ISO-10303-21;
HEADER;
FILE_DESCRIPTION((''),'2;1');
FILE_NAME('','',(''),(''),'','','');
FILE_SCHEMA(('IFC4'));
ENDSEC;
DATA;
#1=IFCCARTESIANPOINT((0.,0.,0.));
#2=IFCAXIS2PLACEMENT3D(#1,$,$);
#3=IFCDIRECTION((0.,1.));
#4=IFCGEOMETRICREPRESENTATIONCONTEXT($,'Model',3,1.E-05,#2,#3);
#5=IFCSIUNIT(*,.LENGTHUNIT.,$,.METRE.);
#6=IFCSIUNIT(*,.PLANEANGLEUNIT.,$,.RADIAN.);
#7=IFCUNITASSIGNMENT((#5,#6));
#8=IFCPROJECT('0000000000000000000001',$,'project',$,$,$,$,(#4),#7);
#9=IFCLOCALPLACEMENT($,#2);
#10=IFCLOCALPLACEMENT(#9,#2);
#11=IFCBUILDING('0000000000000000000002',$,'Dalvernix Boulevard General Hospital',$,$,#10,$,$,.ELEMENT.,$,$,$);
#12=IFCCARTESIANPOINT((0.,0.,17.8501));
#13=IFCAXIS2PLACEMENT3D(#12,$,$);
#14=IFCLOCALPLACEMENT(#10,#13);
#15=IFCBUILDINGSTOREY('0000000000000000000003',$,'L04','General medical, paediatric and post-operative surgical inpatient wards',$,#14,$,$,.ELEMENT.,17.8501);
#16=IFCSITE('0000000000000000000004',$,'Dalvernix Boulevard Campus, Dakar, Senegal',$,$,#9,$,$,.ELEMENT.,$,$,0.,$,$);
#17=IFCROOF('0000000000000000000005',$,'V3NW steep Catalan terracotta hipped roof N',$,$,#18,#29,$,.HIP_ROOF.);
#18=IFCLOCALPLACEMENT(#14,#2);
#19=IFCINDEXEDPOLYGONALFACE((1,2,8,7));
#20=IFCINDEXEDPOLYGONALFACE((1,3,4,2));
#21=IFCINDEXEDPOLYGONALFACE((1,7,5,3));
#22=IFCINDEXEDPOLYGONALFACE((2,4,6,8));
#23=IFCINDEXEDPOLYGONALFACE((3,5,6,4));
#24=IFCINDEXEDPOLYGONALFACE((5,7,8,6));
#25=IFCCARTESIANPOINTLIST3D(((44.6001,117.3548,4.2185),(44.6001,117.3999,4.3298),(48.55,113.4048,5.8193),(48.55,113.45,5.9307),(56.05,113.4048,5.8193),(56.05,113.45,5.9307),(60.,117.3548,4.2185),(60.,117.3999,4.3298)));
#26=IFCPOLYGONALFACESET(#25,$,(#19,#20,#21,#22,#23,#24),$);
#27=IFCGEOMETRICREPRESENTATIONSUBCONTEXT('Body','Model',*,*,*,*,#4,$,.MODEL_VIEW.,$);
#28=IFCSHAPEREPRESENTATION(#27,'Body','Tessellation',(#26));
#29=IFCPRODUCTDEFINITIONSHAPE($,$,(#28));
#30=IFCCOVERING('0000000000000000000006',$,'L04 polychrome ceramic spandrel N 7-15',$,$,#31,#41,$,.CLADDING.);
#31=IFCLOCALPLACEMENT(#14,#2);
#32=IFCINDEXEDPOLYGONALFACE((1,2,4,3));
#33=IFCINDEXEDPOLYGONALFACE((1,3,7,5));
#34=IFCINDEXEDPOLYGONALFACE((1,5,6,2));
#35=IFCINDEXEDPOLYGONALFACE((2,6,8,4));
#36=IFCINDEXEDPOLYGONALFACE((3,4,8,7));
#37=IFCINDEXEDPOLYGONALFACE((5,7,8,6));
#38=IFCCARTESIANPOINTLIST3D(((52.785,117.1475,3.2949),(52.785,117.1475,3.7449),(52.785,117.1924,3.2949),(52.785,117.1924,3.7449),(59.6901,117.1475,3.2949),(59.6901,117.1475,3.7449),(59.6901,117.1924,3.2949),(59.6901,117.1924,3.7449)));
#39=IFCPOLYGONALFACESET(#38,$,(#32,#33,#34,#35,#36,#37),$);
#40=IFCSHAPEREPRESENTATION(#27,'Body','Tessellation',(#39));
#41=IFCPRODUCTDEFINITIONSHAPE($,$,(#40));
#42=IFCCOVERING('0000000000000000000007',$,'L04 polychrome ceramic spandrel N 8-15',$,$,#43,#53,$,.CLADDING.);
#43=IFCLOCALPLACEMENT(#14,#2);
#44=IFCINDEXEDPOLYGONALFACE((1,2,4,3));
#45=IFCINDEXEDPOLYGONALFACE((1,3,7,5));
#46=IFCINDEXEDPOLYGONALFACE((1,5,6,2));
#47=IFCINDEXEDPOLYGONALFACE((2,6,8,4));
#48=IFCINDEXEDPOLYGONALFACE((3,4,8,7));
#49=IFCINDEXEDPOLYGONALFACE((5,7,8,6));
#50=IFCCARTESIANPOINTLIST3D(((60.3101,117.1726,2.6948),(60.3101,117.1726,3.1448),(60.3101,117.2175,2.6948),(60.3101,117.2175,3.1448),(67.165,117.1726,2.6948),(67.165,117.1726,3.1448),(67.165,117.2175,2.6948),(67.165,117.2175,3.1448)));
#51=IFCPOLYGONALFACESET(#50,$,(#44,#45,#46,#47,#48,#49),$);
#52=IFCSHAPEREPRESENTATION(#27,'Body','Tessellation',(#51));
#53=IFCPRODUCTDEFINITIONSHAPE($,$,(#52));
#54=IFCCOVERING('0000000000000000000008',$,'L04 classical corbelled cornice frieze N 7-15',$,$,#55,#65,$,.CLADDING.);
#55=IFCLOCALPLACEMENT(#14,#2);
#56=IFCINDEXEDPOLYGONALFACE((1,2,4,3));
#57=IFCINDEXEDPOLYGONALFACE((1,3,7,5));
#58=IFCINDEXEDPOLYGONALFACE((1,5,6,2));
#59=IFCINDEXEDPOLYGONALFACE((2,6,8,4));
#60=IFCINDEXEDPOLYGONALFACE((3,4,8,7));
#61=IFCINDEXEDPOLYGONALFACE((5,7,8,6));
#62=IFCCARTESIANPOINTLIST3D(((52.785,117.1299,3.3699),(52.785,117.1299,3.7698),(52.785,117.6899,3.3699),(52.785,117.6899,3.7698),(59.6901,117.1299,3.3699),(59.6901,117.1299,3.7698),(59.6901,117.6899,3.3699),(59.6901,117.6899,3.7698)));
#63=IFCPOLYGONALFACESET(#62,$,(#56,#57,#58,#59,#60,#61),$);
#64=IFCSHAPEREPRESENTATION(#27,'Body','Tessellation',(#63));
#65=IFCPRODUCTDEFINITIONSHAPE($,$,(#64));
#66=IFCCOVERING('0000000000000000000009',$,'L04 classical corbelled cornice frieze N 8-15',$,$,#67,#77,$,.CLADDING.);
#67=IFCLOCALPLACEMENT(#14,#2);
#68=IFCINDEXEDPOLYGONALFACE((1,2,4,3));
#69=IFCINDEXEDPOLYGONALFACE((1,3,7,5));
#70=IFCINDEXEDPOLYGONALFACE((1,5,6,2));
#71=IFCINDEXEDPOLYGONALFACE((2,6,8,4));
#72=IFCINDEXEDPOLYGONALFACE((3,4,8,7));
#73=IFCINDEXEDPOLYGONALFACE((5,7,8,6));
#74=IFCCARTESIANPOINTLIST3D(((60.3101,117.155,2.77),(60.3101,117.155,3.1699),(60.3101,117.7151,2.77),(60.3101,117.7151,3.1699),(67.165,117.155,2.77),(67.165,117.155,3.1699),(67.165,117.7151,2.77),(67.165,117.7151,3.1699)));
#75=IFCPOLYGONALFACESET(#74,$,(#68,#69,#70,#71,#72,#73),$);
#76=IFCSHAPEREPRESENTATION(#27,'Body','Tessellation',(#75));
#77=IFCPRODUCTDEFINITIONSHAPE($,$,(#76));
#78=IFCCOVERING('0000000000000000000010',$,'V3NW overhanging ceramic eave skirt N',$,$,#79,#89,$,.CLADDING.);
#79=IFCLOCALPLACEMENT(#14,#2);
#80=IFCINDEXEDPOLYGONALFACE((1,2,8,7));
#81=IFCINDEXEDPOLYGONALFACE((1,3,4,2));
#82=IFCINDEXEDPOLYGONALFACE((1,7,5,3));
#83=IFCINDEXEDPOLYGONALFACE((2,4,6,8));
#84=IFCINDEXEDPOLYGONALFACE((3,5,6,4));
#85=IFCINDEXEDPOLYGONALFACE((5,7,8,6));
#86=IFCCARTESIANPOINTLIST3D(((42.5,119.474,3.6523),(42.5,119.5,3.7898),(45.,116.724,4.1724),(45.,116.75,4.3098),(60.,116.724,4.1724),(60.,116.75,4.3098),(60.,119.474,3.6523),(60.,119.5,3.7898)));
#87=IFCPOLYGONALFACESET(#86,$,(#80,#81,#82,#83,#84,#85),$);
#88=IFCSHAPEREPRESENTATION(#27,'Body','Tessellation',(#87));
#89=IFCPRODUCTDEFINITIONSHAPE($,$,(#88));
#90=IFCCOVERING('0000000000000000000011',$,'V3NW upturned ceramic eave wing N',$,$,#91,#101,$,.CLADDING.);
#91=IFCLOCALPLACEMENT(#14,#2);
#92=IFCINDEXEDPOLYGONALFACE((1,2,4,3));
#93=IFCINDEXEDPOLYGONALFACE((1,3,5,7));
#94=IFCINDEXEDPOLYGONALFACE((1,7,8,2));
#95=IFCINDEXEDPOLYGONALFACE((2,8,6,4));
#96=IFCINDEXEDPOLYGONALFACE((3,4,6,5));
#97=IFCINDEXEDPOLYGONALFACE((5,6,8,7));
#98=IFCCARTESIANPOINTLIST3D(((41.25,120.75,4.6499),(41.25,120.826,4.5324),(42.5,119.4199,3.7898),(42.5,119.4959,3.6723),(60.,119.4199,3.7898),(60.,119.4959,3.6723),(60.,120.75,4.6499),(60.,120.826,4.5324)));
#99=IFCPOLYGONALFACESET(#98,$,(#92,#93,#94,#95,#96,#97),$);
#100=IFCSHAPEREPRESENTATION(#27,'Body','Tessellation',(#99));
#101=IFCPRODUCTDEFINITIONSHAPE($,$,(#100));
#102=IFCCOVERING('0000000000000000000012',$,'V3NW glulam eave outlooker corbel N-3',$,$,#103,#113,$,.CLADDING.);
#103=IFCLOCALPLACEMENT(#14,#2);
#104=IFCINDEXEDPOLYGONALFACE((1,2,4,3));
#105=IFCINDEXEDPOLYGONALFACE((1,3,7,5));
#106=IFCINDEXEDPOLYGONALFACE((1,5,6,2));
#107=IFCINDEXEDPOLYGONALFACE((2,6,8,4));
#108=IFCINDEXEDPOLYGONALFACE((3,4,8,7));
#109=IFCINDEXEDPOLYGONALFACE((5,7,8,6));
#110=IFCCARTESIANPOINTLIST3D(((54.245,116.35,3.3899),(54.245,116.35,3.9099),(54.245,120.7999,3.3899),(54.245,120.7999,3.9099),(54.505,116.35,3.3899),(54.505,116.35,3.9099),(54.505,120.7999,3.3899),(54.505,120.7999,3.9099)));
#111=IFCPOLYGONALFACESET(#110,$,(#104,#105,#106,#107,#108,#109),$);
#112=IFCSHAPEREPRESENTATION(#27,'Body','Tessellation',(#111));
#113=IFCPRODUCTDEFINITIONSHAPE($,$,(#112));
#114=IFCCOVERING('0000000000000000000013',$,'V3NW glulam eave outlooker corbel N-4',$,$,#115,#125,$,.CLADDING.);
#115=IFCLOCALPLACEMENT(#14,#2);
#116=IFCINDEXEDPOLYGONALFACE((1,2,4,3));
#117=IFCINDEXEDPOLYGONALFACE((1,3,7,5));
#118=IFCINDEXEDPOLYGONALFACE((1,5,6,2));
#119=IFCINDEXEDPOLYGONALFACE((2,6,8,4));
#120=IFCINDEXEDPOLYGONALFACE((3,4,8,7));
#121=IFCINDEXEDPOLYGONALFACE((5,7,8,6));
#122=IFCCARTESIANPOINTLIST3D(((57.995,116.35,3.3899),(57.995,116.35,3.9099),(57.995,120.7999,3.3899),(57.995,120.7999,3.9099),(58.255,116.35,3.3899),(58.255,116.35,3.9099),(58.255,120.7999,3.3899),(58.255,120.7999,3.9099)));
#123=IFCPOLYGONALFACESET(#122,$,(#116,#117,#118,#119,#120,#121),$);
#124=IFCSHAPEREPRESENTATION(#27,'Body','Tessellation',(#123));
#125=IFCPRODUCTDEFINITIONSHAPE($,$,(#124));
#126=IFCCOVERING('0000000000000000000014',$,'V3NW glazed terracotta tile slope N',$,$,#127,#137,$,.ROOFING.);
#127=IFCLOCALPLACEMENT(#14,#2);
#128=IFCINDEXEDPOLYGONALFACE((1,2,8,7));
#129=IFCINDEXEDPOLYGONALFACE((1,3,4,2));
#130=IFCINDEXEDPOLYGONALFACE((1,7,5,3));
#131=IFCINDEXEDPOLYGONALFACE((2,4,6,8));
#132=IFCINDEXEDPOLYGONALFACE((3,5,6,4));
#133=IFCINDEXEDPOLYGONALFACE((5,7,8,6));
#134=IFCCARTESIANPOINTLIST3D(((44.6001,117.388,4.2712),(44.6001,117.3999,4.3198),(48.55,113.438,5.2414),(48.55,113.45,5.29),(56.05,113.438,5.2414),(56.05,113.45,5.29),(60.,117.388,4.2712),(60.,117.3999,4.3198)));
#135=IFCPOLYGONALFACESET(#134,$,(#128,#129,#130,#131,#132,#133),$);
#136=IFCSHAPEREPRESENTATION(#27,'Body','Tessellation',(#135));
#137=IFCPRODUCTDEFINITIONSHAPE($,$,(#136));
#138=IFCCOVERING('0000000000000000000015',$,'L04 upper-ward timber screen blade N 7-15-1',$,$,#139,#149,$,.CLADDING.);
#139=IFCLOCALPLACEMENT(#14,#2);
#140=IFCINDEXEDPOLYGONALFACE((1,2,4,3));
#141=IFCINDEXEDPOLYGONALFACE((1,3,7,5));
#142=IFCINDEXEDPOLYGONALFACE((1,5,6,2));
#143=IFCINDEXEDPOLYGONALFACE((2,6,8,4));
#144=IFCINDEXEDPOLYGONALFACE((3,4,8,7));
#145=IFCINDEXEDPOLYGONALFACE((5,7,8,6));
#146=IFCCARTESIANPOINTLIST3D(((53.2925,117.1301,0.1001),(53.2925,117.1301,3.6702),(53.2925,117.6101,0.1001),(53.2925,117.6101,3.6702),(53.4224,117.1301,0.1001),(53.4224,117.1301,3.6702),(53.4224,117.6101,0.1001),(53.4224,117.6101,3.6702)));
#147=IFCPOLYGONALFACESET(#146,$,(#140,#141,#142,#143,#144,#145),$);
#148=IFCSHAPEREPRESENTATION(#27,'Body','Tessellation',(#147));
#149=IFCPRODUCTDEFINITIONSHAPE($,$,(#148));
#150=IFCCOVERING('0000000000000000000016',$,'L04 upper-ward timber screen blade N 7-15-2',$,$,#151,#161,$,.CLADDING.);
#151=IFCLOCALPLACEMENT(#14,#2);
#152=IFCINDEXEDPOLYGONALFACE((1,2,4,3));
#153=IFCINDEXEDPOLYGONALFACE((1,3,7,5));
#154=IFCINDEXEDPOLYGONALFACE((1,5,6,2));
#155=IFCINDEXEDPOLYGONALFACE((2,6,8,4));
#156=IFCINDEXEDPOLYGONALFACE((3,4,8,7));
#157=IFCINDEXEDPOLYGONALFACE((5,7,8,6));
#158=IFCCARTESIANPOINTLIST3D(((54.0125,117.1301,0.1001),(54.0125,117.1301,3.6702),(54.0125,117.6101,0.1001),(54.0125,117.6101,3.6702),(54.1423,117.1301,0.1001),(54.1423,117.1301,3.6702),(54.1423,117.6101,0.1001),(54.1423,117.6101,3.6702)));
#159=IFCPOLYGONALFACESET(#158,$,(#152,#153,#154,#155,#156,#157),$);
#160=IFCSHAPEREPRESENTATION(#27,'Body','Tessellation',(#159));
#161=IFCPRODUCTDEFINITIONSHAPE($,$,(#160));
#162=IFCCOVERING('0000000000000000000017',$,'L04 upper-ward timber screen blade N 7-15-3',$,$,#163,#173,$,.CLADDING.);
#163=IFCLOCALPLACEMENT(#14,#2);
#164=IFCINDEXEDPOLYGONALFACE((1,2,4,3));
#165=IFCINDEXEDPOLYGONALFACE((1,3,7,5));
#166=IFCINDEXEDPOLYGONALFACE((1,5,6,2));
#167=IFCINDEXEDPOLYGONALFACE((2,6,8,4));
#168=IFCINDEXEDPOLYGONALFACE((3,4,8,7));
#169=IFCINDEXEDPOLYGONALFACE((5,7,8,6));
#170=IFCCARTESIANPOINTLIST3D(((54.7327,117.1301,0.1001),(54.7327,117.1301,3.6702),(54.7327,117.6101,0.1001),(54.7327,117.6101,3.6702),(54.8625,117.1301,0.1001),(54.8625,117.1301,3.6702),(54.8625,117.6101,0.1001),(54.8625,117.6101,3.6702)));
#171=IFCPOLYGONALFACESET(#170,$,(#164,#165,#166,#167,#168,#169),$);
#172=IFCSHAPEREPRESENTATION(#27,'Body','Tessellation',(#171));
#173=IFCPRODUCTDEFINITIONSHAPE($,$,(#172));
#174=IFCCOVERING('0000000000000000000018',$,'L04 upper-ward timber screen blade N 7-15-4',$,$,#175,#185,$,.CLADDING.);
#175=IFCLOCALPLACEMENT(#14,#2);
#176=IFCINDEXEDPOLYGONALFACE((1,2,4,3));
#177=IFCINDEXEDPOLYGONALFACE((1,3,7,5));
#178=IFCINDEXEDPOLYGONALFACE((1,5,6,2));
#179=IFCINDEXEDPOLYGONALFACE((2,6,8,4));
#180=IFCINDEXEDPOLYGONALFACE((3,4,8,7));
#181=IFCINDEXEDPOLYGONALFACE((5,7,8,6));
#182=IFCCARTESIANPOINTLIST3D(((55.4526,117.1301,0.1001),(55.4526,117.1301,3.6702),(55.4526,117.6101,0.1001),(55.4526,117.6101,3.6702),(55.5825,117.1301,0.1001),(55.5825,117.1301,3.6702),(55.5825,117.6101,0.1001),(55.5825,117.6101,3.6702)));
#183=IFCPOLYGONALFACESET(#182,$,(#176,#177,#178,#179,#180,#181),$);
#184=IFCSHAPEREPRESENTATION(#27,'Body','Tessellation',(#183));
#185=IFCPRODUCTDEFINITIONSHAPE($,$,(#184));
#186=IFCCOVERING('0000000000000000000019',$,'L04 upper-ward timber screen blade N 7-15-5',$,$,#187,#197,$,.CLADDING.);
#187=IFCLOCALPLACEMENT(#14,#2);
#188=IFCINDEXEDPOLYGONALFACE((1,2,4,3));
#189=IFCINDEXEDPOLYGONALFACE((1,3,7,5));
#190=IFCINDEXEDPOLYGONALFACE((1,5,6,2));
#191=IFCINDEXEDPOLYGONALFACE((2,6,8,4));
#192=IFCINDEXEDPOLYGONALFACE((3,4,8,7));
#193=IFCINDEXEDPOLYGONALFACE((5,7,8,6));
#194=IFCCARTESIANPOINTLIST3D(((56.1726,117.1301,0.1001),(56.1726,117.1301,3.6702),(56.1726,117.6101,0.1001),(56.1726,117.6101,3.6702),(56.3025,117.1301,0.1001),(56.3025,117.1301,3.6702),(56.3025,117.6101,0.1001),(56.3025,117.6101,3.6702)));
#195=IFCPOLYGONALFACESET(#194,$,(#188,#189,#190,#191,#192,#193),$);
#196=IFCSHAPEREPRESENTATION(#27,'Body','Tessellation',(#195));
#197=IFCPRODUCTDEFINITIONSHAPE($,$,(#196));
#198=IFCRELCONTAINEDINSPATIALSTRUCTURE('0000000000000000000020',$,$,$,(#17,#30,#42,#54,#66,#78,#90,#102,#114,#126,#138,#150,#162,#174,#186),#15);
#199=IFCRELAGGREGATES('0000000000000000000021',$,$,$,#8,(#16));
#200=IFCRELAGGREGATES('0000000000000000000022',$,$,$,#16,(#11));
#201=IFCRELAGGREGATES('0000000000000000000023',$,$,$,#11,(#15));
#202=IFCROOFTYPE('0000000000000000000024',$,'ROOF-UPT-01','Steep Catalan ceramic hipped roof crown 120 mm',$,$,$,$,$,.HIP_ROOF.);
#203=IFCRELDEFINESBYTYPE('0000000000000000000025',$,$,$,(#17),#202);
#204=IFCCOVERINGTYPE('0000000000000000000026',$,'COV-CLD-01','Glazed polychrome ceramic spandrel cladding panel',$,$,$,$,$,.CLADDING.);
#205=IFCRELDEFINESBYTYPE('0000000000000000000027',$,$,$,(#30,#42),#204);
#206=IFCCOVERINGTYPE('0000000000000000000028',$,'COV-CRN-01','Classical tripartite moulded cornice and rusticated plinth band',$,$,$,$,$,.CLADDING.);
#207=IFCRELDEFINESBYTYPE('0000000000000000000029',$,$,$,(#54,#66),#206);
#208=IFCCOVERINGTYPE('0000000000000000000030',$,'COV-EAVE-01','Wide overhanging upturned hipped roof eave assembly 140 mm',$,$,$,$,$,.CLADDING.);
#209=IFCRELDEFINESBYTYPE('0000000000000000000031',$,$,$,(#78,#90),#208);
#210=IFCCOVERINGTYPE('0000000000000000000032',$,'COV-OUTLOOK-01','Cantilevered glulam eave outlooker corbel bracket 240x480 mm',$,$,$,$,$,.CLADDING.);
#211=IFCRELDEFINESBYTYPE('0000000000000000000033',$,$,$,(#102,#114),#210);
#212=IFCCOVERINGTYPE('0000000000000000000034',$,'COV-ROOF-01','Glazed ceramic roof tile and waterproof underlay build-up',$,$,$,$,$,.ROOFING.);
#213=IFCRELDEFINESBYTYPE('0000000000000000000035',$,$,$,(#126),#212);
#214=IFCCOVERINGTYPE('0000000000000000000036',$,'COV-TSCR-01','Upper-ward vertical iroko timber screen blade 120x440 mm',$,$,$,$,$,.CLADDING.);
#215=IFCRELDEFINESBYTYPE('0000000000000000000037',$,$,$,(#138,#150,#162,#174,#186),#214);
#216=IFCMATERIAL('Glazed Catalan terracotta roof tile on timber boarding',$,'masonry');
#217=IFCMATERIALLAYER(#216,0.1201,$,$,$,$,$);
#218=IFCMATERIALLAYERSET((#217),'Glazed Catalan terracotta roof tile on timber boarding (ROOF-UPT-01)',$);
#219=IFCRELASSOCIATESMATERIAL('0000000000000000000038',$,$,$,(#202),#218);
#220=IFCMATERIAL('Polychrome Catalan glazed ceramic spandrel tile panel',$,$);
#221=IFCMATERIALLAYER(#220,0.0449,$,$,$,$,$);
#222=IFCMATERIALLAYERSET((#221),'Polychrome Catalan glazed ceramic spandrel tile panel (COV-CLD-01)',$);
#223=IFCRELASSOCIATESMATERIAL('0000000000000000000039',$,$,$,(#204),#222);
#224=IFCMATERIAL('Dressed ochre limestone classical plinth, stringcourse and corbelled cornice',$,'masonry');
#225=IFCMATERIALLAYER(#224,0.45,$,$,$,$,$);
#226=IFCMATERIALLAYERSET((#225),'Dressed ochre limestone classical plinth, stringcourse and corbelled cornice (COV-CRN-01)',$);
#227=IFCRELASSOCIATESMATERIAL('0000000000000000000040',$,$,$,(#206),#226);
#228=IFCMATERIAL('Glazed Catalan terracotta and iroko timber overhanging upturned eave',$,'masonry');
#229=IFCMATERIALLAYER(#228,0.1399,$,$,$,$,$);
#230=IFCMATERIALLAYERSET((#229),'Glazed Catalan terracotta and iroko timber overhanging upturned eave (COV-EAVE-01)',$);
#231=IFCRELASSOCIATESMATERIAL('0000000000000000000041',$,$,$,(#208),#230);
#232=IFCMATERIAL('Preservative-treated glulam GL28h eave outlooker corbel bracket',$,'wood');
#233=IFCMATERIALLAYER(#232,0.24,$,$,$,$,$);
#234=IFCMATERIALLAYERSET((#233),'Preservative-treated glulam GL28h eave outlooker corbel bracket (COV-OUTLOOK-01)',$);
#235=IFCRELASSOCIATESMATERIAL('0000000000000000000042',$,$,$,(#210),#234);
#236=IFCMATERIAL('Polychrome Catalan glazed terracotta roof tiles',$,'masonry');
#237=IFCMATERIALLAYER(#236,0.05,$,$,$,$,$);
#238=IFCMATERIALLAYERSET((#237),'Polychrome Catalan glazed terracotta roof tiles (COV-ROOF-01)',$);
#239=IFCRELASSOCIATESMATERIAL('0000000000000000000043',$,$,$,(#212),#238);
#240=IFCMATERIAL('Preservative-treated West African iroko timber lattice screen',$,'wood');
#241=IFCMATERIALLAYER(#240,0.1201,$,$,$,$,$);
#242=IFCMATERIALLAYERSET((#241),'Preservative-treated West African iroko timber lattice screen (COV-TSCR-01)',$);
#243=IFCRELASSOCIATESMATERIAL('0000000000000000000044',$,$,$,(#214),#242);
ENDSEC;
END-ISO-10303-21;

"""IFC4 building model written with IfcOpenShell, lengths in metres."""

from ifc_helpers import new_model, si_unit, direction, frame, origin, origin_2d, place, context, subcontext, project, spatial, polyline, rectangle, outline, extrude, material, layer, layer_set, type_object, element, save


model = new_model("IFC4")

# Units and contexts
model_context = context("Model", 3, precision=1e-05, world=origin(), true_north=direction((0.0, 1.0)))
body_context = subcontext(model_context, "Body", "Model", "MODEL_VIEW")
ifc_project = project(units=[si_unit("LENGTHUNIT", "METRE"), si_unit("PLANEANGLEUNIT", "RADIAN")], contexts=[model_context])

# Site, building, storey
site_placement = place(None, origin())
site = spatial("IfcSite", under=ifc_project, at=site_placement, Name="Dalvernix Boulevard Campus, Dakar, Senegal", CompositionType="ELEMENT", RefElevation=0.0)
building_placement = place(site_placement, origin())
building = spatial("IfcBuilding", under=site, at=building_placement, Name="Dalvernix Boulevard General Hospital", CompositionType="ELEMENT")
storey_placement = place(building_placement, frame((0.0, 0.0, 17.8501)))
storey = spatial("IfcBuildingStorey", under=building, at=storey_placement, Name="L04", Description="General medical, paediatric and post-operative surgical inpatient wards", CompositionType="ELEMENT", Elevation=17.8501)

# Roof
ifc_material_1 = material(Name="Glazed Catalan terracotta roof tile on timber boarding", Category="masonry")
ifc_layer_1 = layer(ifc_material_1, 0.1201)
ifc_layer_set_1 = layer_set([ifc_layer_1], Name="Glazed Catalan terracotta roof tile on timber boarding (ROOF-UPT-01)")
roof_type_1 = type_object("IfcRoofType", Name="ROOF-UPT-01", Description="Steep Catalan ceramic hipped roof crown 120 mm", PredefinedType="HIP_ROOF", material=ifc_layer_set_1)
roof_1_placement = place(storey_placement, frame((60.0, 117.3999, 4.3298), z_axis=(0.0, 0.375604, 0.92678), x_axis=(-1.0, 0.0, 0.0)))
element("IfcRoof", 1, at=roof_1_placement, inside=storey, type_object=roof_type_1, Name="V3NW steep Catalan terracotta hipped roof N", PredefinedType="HIP_ROOF", context=body_context, shape_type="SweptSolid", body=[
    extrude(outline(polyline([(0.0, 0.0), (15.3999, 0.0), (11.45, 4.262), (3.95, 4.262), (0.0, 0.0)])), origin(), (0.0, 0.0, -1.0), 0.1201),
])

# Coverings
ifc_material_2 = material(Name="Polychrome Catalan glazed ceramic spandrel tile panel")
ifc_layer_2 = layer(ifc_material_2, 0.0449)
ifc_layer_set_2 = layer_set([ifc_layer_2], Name="Polychrome Catalan glazed ceramic spandrel tile panel (COV-CLD-01)")
covering_type_1 = type_object("IfcCoveringType", Name="COV-CLD-01", Description="Glazed polychrome ceramic spandrel cladding panel", PredefinedType="CLADDING", material=ifc_layer_set_2)
covering_1_placement = place(storey_placement, frame((56.2375, 117.1699, 3.2949), z_axis=(0.0, 0.0, 1.0), x_axis=(1.0, 0.0, 0.0)))
element("IfcCovering", 2, at=covering_1_placement, inside=storey, type_object=covering_type_1, Name="L04 polychrome ceramic spandrel N 7-15", PredefinedType="CLADDING", context=body_context, shape_type="SweptSolid", body=[
    extrude(rectangle(XDim=6.905, YDim=0.0449, at=origin_2d()), origin(), (0.0, 0.0, 1.0), 0.45),
])
covering_2_placement = place(storey_placement, frame((63.7375, 117.1951, 2.6948), z_axis=(0.0, 0.0, 1.0), x_axis=(1.0, 0.0, 0.0)))
element("IfcCovering", 3, at=covering_2_placement, inside=storey, type_object=covering_type_1, Name="L04 polychrome ceramic spandrel N 8-15", PredefinedType="CLADDING", context=body_context, shape_type="SweptSolid", body=[
    extrude(rectangle(XDim=6.855, YDim=0.0449, at=origin_2d()), origin(), (0.0, 0.0, 1.0), 0.45),
])
ifc_material_3 = material(Name="Dressed ochre limestone classical plinth, stringcourse and corbelled cornice", Category="masonry")
ifc_layer_3 = layer(ifc_material_3, 0.45)
ifc_layer_set_3 = layer_set([ifc_layer_3], Name="Dressed ochre limestone classical plinth, stringcourse and corbelled cornice (COV-CRN-01)")
covering_type_2 = type_object("IfcCoveringType", Name="COV-CRN-01", Description="Classical tripartite moulded cornice and rusticated plinth band", PredefinedType="CLADDING", material=ifc_layer_set_3)
covering_3_placement = place(storey_placement, frame((56.2375, 117.4099, 3.3699), z_axis=(0.0, 0.0, 1.0), x_axis=(1.0, 0.0, 0.0)))
element("IfcCovering", 4, at=covering_3_placement, inside=storey, type_object=covering_type_2, Name="L04 classical corbelled cornice frieze N 7-15", PredefinedType="CLADDING", context=body_context, shape_type="SweptSolid", body=[
    extrude(rectangle(XDim=6.905, YDim=0.5601, at=origin_2d()), origin(), (0.0, 0.0, 1.0), 0.3999),
])
covering_4_placement = place(storey_placement, frame((63.7375, 117.4351, 2.77), z_axis=(0.0, 0.0, 1.0), x_axis=(1.0, 0.0, 0.0)))
element("IfcCovering", 5, at=covering_4_placement, inside=storey, type_object=covering_type_2, Name="L04 classical corbelled cornice frieze N 8-15", PredefinedType="CLADDING", context=body_context, shape_type="SweptSolid", body=[
    extrude(rectangle(XDim=6.855, YDim=0.5601, at=origin_2d()), origin(), (0.0, 0.0, 1.0), 0.3999),
])
ifc_material_4 = material(Name="Glazed Catalan terracotta and iroko timber overhanging upturned eave", Category="masonry")
ifc_layer_4 = layer(ifc_material_4, 0.1399)
ifc_layer_set_4 = layer_set([ifc_layer_4], Name="Glazed Catalan terracotta and iroko timber overhanging upturned eave (COV-EAVE-01)")
covering_type_3 = type_object("IfcCoveringType", Name="COV-EAVE-01", Description="Wide overhanging upturned hipped roof eave assembly 140 mm", PredefinedType="CLADDING", material=ifc_layer_set_4)
covering_5_placement = place(storey_placement, frame((60.0, 116.75, 4.3098), z_axis=(0.0, 0.185805, 0.982587), x_axis=(-1.0, 0.0, 0.0)))
element("IfcCovering", 6, at=covering_5_placement, inside=storey, type_object=covering_type_3, Name="V3NW overhanging ceramic eave skirt N", PredefinedType="CLADDING", context=body_context, shape_type="SweptSolid", body=[
    extrude(outline(polyline([(0.0, 0.0), (15.0, 0.0), (17.5, -2.7987), (0.0, -2.7987), (0.0, 0.0)])), origin(), (0.0, 0.0, -1.0), 0.1399),
])
covering_6_placement = place(storey_placement, frame((60.0, 119.4199, 3.7898), z_axis=(0.0, -0.543015, 0.839723), x_axis=(-1.0, 0.0, 0.0)))
element("IfcCovering", 7, at=covering_6_placement, inside=storey, type_object=covering_type_3, Name="V3NW upturned ceramic eave wing N", PredefinedType="CLADDING", context=body_context, shape_type="SweptSolid", body=[
    extrude(outline(polyline([(0.0, 0.0), (17.5, 0.0), (18.75, -1.5839), (0.0, -1.5839), (0.0, 0.0)])), origin(), (0.0, 0.0, -1.0), 0.1399),
])
ifc_material_5 = material(Name="Preservative-treated glulam GL28h eave outlooker corbel bracket", Category="wood")
ifc_layer_5 = layer(ifc_material_5, 0.24)
ifc_layer_set_5 = layer_set([ifc_layer_5], Name="Preservative-treated glulam GL28h eave outlooker corbel bracket (COV-OUTLOOK-01)")
covering_type_4 = type_object("IfcCoveringType", Name="COV-OUTLOOK-01", Description="Cantilevered glulam eave outlooker corbel bracket 240x480 mm", PredefinedType="CLADDING", material=ifc_layer_set_5)
for number, where, z_axis, x_axis, name in (
    (8, (54.375, 118.575, 3.3899), (0.0, 0.0, 1.0), (1.0, 0.0, 0.0), "V3NW glulam eave outlooker corbel N-3"),
    (9, (58.125, 118.575, 3.3899), (0.0, 0.0, 1.0), (1.0, 0.0, 0.0), "V3NW glulam eave outlooker corbel N-4"),
):
    element("IfcCovering", number, at=place(storey_placement, frame(where, z_axis=z_axis, x_axis=x_axis)), inside=storey, type_object=covering_type_4, Name=name, PredefinedType="CLADDING", context=body_context, shape_type="SweptSolid", body=[
        extrude(rectangle(XDim=0.26, YDim=4.45, at=origin_2d()), origin(), (0.0, 0.0, 1.0), 0.52),
    ])
ifc_material_6 = material(Name="Polychrome Catalan glazed terracotta roof tiles", Category="masonry")
ifc_layer_6 = layer(ifc_material_6, 0.05)
ifc_layer_set_6 = layer_set([ifc_layer_6], Name="Polychrome Catalan glazed terracotta roof tiles (COV-ROOF-01)")
covering_type_5 = type_object("IfcCoveringType", Name="COV-ROOF-01", Description="Glazed ceramic roof tile and waterproof underlay build-up", PredefinedType="ROOFING", material=ifc_layer_set_6)
covering_7_placement = place(storey_placement, frame((60.0, 117.3999, 4.3198), z_axis=(0.0, 0.238537, 0.971133), x_axis=(-1.0, 0.0, 0.0)))
element("IfcCovering", 10, at=covering_7_placement, inside=storey, type_object=covering_type_5, Name="V3NW glazed terracotta tile slope N", PredefinedType="ROOFING", context=body_context, shape_type="SweptSolid", body=[
    extrude(outline(polyline([(0.0, 0.0), (15.3999, 0.0), (11.45, 4.0674), (3.95, 4.0674), (0.0, 0.0)])), origin(), (0.0, 0.0, -1.0), 0.05),
])
ifc_material_7 = material(Name="Preservative-treated West African iroko timber lattice screen", Category="wood")
ifc_layer_7 = layer(ifc_material_7, 0.1201)
ifc_layer_set_7 = layer_set([ifc_layer_7], Name="Preservative-treated West African iroko timber lattice screen (COV-TSCR-01)")
covering_type_6 = type_object("IfcCoveringType", Name="COV-TSCR-01", Description="Upper-ward vertical iroko timber screen blade 120x440 mm", PredefinedType="CLADDING", material=ifc_layer_set_7)
for number, where, z_axis, x_axis, name in (
    (11, (53.3574, 117.3701, 0.1001), (0.0, 0.0, 1.0), (1.0, 0.0, 0.0), "L04 upper-ward timber screen blade N 7-15-1"),
    (12, (54.0774, 117.3701, 0.1001), (0.0, 0.0, 1.0), (1.0, 0.0, 0.0), "L04 upper-ward timber screen blade N 7-15-2"),
    (13, (54.7976, 117.3701, 0.1001), (0.0, 0.0, 1.0), (1.0, 0.0, 0.0), "L04 upper-ward timber screen blade N 7-15-3"),
    (14, (55.5176, 117.3701, 0.1001), (0.0, 0.0, 1.0), (1.0, 0.0, 0.0), "L04 upper-ward timber screen blade N 7-15-4"),
    (15, (56.2375, 117.3701, 0.1001), (0.0, 0.0, 1.0), (1.0, 0.0, 0.0), "L04 upper-ward timber screen blade N 7-15-5"),
):
    element("IfcCovering", number, at=place(storey_placement, frame(where, z_axis=z_axis, x_axis=x_axis)), inside=storey, type_object=covering_type_6, Name=name, PredefinedType="CLADDING", context=body_context, shape_type="SweptSolid", body=[
        extrude(rectangle(XDim=0.1299, YDim=0.48, at=origin_2d()), origin(), (0.0, 0.0, 1.0), 3.5701),
    ])

save(model, "model.ifc")
